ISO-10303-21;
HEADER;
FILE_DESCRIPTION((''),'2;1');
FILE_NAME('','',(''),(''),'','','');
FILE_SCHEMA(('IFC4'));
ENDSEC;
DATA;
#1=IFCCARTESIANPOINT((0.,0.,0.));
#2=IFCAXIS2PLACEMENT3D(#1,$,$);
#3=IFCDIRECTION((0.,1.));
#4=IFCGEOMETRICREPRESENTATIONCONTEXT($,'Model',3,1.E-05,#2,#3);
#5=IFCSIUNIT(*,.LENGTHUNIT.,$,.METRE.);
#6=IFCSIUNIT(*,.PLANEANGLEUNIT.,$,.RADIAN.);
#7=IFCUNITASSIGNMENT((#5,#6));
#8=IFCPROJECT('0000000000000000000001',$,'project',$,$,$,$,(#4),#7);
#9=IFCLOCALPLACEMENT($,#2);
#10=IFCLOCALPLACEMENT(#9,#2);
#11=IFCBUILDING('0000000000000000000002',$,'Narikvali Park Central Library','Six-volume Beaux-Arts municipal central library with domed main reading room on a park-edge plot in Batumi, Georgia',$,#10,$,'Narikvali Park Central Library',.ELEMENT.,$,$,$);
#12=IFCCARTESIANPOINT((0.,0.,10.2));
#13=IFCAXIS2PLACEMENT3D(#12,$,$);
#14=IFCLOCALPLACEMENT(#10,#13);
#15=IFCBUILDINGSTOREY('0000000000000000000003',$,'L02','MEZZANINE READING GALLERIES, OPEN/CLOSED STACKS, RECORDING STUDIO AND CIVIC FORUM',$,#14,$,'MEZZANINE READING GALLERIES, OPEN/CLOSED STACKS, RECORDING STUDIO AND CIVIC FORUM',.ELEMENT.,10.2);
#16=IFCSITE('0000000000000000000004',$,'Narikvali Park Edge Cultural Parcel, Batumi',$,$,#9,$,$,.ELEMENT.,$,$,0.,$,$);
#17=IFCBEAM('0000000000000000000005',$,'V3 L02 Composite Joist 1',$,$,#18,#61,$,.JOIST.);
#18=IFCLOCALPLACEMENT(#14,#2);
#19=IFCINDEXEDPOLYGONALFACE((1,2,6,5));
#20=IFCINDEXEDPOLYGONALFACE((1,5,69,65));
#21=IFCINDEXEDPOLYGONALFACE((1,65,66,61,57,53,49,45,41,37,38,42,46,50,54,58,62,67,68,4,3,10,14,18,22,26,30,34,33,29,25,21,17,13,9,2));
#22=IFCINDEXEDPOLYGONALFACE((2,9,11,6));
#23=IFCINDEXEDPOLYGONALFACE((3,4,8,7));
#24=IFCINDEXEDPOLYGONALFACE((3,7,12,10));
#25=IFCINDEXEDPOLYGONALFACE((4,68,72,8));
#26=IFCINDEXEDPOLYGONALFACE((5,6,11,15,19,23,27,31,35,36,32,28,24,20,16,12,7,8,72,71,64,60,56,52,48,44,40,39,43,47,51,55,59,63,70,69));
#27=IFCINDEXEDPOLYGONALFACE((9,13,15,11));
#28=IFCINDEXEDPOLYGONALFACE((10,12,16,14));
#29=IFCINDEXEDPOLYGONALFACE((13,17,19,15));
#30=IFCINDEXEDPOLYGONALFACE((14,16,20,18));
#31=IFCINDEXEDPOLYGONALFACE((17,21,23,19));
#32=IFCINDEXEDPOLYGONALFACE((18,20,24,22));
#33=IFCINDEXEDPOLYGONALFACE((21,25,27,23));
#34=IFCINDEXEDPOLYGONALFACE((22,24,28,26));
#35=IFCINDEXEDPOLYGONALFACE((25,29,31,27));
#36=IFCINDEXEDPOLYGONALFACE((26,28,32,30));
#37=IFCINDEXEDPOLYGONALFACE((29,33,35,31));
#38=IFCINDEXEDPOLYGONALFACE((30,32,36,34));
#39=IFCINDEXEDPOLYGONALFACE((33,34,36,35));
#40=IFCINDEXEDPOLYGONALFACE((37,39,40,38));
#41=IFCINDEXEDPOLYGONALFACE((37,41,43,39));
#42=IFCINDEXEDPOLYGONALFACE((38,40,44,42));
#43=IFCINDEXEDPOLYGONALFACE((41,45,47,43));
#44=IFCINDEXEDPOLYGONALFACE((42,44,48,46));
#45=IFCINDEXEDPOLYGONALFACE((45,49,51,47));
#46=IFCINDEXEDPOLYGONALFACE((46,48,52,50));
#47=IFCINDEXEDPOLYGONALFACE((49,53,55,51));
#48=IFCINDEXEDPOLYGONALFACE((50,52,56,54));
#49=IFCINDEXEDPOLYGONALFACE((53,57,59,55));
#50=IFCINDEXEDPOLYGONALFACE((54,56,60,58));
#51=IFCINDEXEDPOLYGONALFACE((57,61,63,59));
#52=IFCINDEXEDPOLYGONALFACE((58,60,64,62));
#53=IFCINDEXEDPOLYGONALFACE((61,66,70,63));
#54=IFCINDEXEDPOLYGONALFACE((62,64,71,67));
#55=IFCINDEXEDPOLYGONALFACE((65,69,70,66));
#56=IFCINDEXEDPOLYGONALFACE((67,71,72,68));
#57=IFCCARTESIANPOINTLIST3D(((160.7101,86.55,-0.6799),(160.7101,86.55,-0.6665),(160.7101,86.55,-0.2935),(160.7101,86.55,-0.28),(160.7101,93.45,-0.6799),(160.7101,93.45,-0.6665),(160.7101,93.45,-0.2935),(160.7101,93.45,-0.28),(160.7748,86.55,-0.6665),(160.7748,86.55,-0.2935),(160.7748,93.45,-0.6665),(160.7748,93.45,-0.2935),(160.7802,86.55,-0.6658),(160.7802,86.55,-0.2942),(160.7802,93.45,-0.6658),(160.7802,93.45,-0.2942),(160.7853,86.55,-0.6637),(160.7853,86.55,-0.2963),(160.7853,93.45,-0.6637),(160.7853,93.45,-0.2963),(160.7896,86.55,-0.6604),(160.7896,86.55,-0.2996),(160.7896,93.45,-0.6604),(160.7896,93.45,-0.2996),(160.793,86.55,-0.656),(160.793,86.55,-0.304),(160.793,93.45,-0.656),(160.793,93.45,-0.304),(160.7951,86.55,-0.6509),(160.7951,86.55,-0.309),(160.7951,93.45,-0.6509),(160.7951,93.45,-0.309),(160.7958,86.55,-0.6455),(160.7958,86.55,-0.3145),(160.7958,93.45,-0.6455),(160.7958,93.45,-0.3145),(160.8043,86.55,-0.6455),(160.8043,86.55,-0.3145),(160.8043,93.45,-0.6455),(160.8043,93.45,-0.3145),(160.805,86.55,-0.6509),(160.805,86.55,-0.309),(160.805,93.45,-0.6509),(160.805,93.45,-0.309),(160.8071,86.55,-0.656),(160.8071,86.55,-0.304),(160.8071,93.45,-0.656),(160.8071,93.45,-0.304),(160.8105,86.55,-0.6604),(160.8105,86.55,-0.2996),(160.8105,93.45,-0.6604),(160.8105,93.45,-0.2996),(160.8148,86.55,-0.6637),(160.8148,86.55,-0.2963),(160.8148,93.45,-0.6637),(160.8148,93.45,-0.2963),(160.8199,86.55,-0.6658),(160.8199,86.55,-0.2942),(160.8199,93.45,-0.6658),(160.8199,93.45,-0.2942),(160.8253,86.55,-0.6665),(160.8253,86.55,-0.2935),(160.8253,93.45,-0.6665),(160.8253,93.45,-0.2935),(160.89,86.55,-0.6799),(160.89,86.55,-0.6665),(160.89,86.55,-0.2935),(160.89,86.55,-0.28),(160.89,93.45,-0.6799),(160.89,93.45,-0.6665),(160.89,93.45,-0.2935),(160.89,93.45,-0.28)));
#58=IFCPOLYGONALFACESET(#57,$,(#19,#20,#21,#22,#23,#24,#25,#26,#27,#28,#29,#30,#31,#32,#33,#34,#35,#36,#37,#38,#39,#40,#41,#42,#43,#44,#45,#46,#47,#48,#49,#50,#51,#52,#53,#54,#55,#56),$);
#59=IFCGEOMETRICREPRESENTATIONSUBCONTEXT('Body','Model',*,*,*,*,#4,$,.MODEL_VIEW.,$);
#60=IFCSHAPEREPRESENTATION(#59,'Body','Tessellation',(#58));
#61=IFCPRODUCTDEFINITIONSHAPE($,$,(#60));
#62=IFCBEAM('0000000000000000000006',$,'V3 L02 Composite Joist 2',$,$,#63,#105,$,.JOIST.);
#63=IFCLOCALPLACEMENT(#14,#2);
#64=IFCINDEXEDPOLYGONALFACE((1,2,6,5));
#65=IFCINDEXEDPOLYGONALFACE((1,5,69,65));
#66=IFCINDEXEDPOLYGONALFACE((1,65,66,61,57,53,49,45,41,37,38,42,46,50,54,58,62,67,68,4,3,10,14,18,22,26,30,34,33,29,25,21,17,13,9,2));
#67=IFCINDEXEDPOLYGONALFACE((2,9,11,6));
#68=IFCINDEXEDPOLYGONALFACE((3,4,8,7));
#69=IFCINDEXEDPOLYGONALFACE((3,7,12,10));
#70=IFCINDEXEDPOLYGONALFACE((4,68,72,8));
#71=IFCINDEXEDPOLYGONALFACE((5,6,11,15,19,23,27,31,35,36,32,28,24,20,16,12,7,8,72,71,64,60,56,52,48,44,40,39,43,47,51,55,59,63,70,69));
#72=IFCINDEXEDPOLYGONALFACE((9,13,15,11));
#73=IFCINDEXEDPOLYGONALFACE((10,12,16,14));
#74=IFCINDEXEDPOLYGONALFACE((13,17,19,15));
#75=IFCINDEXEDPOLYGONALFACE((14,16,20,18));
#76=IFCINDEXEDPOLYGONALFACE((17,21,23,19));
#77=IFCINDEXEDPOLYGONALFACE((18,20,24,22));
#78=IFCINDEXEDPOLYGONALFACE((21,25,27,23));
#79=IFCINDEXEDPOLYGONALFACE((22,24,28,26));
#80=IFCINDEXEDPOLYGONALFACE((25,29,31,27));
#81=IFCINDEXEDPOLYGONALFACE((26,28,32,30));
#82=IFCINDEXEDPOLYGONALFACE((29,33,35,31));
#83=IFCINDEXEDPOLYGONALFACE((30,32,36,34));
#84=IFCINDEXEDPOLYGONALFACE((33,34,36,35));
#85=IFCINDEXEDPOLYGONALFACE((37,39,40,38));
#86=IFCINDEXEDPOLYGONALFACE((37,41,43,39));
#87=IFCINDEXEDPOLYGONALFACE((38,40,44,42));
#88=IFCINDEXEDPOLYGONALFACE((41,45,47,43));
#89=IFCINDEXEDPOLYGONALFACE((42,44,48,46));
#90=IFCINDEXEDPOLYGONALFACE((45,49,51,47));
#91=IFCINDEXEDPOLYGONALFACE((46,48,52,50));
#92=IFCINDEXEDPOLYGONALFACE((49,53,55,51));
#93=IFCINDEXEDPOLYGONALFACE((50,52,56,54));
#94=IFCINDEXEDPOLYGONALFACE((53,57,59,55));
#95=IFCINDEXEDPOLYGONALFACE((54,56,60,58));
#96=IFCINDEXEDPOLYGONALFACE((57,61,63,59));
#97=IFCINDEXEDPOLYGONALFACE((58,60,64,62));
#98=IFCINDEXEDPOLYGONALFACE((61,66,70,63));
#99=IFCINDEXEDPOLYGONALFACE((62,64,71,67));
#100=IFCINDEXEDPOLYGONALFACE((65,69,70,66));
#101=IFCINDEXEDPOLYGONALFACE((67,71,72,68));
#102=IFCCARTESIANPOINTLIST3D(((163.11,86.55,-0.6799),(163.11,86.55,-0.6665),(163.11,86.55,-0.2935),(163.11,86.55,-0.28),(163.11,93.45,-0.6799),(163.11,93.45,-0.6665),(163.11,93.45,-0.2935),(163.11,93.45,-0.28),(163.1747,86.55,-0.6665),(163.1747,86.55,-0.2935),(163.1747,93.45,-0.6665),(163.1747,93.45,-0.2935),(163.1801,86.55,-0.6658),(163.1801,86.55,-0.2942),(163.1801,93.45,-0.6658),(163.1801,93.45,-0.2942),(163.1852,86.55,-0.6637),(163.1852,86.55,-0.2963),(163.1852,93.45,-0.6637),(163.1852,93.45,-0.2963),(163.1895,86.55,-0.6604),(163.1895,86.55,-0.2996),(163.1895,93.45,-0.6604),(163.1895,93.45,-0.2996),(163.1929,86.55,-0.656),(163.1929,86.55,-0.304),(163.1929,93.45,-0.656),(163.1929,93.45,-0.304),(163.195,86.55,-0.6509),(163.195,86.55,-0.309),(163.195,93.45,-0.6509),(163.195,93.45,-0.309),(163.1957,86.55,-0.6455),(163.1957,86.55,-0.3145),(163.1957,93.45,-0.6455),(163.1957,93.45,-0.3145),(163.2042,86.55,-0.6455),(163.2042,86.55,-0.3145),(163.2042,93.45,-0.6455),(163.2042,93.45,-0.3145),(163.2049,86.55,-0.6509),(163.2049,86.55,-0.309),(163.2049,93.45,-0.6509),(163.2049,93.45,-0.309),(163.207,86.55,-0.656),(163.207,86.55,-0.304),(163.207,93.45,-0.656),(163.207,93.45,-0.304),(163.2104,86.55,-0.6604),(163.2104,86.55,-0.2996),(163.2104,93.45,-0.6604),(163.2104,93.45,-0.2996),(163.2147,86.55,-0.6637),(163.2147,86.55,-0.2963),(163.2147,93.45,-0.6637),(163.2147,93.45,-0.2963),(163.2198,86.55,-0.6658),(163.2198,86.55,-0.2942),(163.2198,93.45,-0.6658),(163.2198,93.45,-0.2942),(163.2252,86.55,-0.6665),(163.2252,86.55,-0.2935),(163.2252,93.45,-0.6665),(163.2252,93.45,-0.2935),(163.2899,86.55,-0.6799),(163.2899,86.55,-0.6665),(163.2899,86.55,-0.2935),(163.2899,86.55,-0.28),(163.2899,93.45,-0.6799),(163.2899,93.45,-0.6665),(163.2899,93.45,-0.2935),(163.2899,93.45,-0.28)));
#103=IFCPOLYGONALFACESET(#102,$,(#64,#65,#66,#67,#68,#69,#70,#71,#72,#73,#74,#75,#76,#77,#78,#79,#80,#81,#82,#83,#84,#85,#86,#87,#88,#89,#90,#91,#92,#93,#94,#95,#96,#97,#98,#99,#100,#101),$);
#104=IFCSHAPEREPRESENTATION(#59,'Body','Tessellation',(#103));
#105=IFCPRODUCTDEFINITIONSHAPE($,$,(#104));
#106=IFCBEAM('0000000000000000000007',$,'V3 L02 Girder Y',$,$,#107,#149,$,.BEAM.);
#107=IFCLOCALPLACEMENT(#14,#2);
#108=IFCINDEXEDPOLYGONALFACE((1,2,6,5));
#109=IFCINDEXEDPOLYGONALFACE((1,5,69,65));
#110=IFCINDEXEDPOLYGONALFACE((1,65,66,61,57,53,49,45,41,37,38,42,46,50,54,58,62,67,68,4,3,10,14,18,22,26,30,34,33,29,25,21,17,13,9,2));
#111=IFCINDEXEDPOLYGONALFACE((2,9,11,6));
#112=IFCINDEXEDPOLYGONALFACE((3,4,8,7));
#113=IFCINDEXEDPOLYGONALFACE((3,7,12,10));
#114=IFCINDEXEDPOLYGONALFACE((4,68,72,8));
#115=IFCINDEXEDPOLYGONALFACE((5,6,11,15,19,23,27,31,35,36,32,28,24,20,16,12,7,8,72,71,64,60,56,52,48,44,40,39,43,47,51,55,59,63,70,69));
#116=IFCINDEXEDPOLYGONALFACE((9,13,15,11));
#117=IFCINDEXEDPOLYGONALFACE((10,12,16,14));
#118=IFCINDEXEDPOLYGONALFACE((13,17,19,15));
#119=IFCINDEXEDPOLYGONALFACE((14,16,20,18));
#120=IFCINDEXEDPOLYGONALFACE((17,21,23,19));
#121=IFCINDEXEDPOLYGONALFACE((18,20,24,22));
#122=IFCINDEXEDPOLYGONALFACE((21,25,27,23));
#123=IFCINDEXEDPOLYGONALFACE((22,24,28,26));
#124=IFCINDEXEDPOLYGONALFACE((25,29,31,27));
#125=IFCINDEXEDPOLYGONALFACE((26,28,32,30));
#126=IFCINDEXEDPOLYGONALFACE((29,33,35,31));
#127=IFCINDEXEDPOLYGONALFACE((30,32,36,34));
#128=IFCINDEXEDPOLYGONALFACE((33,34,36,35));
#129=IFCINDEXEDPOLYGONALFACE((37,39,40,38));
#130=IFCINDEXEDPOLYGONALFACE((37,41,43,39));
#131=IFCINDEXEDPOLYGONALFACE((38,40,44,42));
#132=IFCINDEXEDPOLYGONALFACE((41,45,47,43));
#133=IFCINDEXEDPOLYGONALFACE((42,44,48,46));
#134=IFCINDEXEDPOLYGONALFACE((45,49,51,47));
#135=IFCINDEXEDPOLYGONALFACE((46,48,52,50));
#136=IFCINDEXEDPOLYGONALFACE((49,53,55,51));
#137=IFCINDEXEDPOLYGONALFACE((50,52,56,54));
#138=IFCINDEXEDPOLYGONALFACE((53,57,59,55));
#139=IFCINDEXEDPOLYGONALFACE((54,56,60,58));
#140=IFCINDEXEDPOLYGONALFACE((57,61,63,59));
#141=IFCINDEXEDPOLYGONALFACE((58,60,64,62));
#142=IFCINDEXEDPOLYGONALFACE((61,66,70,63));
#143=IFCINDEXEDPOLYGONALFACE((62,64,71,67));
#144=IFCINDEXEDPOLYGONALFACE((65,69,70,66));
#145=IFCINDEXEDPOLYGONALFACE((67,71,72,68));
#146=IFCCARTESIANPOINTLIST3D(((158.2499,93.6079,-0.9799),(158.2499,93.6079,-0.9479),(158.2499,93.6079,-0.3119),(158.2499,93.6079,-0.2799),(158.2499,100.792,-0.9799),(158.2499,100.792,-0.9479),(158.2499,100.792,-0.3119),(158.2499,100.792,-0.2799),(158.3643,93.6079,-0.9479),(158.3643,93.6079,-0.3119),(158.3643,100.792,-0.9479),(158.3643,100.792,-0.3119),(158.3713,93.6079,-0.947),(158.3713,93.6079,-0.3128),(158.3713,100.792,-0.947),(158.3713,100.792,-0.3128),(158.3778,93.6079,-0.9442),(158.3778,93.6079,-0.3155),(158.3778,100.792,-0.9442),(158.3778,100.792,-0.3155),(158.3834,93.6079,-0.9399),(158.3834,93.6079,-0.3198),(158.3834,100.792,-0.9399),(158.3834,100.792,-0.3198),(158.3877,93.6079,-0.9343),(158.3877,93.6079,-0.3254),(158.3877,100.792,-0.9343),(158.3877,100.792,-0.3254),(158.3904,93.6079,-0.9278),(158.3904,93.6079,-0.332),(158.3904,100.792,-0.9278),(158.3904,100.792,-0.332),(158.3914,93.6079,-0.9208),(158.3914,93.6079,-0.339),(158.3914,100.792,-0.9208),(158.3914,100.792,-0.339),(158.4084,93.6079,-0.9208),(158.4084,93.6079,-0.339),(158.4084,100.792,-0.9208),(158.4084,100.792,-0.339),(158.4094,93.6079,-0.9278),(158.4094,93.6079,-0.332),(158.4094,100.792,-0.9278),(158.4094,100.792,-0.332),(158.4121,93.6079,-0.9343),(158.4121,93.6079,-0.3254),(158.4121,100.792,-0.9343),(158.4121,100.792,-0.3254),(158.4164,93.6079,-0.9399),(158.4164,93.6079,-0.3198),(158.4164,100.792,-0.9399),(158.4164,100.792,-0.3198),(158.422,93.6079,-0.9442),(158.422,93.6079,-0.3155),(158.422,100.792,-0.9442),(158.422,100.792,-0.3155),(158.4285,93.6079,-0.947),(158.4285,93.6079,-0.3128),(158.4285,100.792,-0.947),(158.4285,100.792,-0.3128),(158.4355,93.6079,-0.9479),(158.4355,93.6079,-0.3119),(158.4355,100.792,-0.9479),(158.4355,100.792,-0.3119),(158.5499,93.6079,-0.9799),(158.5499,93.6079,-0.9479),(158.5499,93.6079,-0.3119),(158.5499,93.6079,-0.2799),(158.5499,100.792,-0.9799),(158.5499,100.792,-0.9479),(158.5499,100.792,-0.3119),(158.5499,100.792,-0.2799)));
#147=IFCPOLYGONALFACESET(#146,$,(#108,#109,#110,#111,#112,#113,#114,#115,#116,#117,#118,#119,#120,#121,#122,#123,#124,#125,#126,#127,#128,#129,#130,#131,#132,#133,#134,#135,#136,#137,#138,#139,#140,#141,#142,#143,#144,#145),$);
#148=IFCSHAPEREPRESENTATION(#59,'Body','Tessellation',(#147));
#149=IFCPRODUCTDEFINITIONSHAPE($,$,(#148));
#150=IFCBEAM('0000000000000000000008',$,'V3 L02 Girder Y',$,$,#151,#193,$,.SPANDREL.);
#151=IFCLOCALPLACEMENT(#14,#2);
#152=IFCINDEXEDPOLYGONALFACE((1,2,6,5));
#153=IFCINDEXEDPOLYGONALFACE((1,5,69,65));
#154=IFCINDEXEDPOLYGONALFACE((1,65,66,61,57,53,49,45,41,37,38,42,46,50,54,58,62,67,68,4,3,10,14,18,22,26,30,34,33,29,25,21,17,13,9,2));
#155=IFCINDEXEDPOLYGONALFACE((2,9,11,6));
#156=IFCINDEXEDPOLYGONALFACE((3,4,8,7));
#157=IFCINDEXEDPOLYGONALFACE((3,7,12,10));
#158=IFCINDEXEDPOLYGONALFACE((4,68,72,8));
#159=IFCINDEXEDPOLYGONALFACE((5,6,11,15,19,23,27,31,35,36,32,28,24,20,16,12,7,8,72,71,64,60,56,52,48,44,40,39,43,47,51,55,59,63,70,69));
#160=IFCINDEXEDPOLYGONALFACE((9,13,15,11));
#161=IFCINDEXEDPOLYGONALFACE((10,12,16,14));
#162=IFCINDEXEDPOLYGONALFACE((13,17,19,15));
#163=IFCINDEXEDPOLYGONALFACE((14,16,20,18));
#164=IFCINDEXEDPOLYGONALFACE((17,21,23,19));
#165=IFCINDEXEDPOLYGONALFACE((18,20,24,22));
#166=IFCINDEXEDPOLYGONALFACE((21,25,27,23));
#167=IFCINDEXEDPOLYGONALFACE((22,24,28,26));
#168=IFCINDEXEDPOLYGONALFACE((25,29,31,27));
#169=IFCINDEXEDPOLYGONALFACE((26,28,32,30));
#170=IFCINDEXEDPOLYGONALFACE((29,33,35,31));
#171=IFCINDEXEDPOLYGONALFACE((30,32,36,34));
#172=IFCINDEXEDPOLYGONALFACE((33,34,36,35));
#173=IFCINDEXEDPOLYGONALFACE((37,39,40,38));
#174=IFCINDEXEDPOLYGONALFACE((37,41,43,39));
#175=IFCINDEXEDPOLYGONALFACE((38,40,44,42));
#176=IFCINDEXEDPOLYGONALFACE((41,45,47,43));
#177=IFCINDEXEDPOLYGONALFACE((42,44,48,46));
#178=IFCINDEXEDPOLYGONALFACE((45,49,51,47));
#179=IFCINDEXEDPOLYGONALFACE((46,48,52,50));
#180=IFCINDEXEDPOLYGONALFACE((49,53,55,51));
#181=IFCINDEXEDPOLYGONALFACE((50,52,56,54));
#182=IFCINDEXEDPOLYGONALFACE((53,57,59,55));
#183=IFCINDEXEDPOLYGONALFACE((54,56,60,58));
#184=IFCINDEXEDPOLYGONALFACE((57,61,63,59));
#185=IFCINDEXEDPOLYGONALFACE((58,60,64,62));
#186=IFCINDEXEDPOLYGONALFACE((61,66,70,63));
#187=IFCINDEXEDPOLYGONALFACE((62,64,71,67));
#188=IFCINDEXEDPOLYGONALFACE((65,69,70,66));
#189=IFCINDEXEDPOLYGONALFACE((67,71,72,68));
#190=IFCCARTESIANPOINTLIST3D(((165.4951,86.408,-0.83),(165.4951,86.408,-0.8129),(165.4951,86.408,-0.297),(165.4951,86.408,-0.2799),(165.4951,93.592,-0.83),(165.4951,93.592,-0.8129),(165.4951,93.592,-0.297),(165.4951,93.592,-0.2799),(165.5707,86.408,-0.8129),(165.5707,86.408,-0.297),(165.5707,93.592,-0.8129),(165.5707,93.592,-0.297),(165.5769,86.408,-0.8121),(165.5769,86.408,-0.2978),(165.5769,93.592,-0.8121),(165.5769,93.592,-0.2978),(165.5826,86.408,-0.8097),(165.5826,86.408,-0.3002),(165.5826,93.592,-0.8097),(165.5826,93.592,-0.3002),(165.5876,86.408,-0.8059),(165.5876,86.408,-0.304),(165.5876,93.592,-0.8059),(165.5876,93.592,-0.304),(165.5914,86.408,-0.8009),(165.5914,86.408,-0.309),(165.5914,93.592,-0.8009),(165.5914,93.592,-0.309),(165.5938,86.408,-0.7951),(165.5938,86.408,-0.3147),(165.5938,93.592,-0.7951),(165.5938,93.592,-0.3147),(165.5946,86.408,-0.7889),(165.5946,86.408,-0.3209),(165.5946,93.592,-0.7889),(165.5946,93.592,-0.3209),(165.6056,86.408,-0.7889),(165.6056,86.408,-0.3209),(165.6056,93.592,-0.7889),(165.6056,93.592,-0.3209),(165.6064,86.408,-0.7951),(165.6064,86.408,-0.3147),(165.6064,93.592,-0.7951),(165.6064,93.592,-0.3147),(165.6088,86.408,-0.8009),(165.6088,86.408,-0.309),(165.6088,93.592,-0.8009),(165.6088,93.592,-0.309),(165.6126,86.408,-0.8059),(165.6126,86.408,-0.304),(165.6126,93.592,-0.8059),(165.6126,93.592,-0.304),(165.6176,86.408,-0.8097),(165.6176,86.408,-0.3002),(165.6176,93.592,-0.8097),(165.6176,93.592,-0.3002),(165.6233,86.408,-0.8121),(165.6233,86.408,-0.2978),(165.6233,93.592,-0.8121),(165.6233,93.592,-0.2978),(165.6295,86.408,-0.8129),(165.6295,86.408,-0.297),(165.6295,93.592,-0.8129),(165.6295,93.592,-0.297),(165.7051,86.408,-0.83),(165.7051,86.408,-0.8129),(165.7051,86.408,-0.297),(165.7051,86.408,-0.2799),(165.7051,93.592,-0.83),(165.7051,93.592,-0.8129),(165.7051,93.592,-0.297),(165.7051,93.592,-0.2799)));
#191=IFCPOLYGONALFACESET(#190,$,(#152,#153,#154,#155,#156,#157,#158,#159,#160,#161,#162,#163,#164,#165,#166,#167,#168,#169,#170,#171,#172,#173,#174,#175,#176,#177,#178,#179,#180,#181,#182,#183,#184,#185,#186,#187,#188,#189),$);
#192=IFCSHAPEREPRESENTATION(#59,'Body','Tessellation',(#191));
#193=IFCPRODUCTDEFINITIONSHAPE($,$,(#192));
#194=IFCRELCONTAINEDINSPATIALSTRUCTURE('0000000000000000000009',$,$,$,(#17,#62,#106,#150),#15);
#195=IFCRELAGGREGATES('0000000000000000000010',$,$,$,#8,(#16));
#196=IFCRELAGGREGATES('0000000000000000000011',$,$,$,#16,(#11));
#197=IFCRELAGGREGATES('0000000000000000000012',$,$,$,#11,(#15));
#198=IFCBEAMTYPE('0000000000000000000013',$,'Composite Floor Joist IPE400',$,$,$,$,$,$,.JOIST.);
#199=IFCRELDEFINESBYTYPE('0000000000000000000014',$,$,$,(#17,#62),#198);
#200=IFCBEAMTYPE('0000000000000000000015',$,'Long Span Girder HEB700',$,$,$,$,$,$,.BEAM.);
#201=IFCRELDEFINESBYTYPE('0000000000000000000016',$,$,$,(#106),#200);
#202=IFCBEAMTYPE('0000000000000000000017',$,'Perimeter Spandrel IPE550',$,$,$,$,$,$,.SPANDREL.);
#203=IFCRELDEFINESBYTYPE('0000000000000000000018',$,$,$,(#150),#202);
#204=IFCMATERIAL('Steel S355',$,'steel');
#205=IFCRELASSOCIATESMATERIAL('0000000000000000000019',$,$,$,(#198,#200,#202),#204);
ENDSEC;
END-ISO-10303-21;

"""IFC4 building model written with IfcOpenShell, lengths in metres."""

from ifc_helpers import new_model, si_unit, direction, frame, origin, origin_2d, place, context, subcontext, project, spatial, i_section, extrude, material, material_profile, profile_set, type_object, element, save


model = new_model("IFC4")

# Units and contexts
model_context = context("Model", 3, precision=1e-05, world=origin(), true_north=direction((0.0, 1.0)))
body_context = subcontext(model_context, "Body", "Model", "MODEL_VIEW")
ifc_project = project(units=[si_unit("LENGTHUNIT", "METRE"), si_unit("PLANEANGLEUNIT", "RADIAN")], contexts=[model_context])

# Site, building, storey
site_placement = place(None, origin())
site = spatial("IfcSite", under=ifc_project, at=site_placement, Name="Narikvali Park Edge Cultural Parcel, Batumi", CompositionType="ELEMENT", RefElevation=0.0)
building_placement = place(site_placement, origin())
building = spatial("IfcBuilding", under=site, at=building_placement, Name="Narikvali Park Central Library", Description="Six-volume Beaux-Arts municipal central library with domed main reading room on a park-edge plot in Batumi, Georgia", LongName="Narikvali Park Central Library", CompositionType="ELEMENT")
storey_placement = place(building_placement, frame((0.0, 0.0, 10.2)))
storey = spatial("IfcBuildingStorey", under=building, at=storey_placement, Name="L02", Description="MEZZANINE READING GALLERIES, OPEN/CLOSED STACKS, RECORDING STUDIO AND CIVIC FORUM", LongName="MEZZANINE READING GALLERIES, OPEN/CLOSED STACKS, RECORDING STUDIO AND CIVIC FORUM", CompositionType="ELEMENT", Elevation=10.2)

# Shared definitions
ifc_material_1 = material(Name="Steel S355", Category="steel")

# Beams
ifc_material_profile_1 = material_profile(ifc_material_1, i_section(OverallWidth=0.1799, OverallDepth=0.3999, WebThickness=0.0085, FlangeThickness=0.0134, FilletRadius=0.021, at=origin_2d()), Name="IPE 400")
ifc_profile_set_1 = profile_set([ifc_material_profile_1], Name="Steel S355")
beam_type_1 = type_object("IfcBeamType", Name="Composite Floor Joist IPE400", PredefinedType="JOIST", material=ifc_profile_set_1)
for number, where, z_axis, x_axis, name in (
    (1, (160.8, 86.55, -0.48), (0.0, 1.0, 0.0), (-1.0, 0.0, 0.0), "V3 L02 Composite Joist 1"),
    (2, (163.2, 86.55, -0.48), (0.0, 1.0, 0.0), (-1.0, 0.0, 0.0), "V3 L02 Composite Joist 2"),
):
    element("IfcBeam", number, at=place(storey_placement, frame(where, z_axis=z_axis, x_axis=x_axis)), inside=storey, type_object=beam_type_1, Name=name, PredefinedType="JOIST", context=body_context, shape_type="SweptSolid", body=[
        extrude(i_section(OverallWidth=0.1799, OverallDepth=0.3999, WebThickness=0.0085, FlangeThickness=0.0134, FilletRadius=0.021, at=origin_2d()), origin(), (0.0, 0.0, 1.0), 6.8999),
    ])
ifc_material_profile_2 = material_profile(ifc_material_1, i_section(OverallWidth=0.3, OverallDepth=0.7, WebThickness=0.0171, FlangeThickness=0.032, FilletRadius=0.0271, at=origin_2d()), Name="HEB 700")
ifc_profile_set_2 = profile_set([ifc_material_profile_2], Name="Steel S355")
beam_type_2 = type_object("IfcBeamType", Name="Long Span Girder HEB700", PredefinedType="BEAM", material=ifc_profile_set_2)
beam_placement = place(storey_placement, frame((158.3999, 93.6079, -0.6299), z_axis=(0.0, 1.0, 0.0), x_axis=(-1.0, 0.0, 0.0)))
element("IfcBeam", 3, at=beam_placement, inside=storey, type_object=beam_type_2, Name="V3 L02 Girder Y", PredefinedType="BEAM", context=body_context, shape_type="SweptSolid", body=[
    extrude(i_section(OverallWidth=0.3, OverallDepth=0.7, WebThickness=0.0171, FlangeThickness=0.032, FilletRadius=0.0271, at=origin_2d()), origin(), (0.0, 0.0, 1.0), 7.1841),
])
ifc_material_profile_3 = material_profile(ifc_material_1, i_section(OverallWidth=0.21, OverallDepth=0.55, WebThickness=0.011, FlangeThickness=0.0171, FilletRadius=0.0239, at=origin_2d()), Name="IPE 550")
ifc_profile_set_3 = profile_set([ifc_material_profile_3], Name="Steel S355")
beam_type_3 = type_object("IfcBeamType", Name="Perimeter Spandrel IPE550", PredefinedType="SPANDREL", material=ifc_profile_set_3)
for number, where, z_axis, x_axis, name in (
    (4, (165.6001, 86.408, -0.5549), (0.0, 1.0, 0.0), (-1.0, 0.0, 0.0), "V3 L02 Girder Y"),
):
    element("IfcBeam", number, at=place(storey_placement, frame(where, z_axis=z_axis, x_axis=x_axis)), inside=storey, type_object=beam_type_3, Name=name, PredefinedType="SPANDREL", context=body_context, shape_type="SweptSolid", body=[
        extrude(i_section(OverallWidth=0.21, OverallDepth=0.55, WebThickness=0.011, FlangeThickness=0.0171, FilletRadius=0.0239, at=origin_2d()), origin(), (0.0, 0.0, 1.0), 7.1841),
    ])

save(model, "model.ifc")
